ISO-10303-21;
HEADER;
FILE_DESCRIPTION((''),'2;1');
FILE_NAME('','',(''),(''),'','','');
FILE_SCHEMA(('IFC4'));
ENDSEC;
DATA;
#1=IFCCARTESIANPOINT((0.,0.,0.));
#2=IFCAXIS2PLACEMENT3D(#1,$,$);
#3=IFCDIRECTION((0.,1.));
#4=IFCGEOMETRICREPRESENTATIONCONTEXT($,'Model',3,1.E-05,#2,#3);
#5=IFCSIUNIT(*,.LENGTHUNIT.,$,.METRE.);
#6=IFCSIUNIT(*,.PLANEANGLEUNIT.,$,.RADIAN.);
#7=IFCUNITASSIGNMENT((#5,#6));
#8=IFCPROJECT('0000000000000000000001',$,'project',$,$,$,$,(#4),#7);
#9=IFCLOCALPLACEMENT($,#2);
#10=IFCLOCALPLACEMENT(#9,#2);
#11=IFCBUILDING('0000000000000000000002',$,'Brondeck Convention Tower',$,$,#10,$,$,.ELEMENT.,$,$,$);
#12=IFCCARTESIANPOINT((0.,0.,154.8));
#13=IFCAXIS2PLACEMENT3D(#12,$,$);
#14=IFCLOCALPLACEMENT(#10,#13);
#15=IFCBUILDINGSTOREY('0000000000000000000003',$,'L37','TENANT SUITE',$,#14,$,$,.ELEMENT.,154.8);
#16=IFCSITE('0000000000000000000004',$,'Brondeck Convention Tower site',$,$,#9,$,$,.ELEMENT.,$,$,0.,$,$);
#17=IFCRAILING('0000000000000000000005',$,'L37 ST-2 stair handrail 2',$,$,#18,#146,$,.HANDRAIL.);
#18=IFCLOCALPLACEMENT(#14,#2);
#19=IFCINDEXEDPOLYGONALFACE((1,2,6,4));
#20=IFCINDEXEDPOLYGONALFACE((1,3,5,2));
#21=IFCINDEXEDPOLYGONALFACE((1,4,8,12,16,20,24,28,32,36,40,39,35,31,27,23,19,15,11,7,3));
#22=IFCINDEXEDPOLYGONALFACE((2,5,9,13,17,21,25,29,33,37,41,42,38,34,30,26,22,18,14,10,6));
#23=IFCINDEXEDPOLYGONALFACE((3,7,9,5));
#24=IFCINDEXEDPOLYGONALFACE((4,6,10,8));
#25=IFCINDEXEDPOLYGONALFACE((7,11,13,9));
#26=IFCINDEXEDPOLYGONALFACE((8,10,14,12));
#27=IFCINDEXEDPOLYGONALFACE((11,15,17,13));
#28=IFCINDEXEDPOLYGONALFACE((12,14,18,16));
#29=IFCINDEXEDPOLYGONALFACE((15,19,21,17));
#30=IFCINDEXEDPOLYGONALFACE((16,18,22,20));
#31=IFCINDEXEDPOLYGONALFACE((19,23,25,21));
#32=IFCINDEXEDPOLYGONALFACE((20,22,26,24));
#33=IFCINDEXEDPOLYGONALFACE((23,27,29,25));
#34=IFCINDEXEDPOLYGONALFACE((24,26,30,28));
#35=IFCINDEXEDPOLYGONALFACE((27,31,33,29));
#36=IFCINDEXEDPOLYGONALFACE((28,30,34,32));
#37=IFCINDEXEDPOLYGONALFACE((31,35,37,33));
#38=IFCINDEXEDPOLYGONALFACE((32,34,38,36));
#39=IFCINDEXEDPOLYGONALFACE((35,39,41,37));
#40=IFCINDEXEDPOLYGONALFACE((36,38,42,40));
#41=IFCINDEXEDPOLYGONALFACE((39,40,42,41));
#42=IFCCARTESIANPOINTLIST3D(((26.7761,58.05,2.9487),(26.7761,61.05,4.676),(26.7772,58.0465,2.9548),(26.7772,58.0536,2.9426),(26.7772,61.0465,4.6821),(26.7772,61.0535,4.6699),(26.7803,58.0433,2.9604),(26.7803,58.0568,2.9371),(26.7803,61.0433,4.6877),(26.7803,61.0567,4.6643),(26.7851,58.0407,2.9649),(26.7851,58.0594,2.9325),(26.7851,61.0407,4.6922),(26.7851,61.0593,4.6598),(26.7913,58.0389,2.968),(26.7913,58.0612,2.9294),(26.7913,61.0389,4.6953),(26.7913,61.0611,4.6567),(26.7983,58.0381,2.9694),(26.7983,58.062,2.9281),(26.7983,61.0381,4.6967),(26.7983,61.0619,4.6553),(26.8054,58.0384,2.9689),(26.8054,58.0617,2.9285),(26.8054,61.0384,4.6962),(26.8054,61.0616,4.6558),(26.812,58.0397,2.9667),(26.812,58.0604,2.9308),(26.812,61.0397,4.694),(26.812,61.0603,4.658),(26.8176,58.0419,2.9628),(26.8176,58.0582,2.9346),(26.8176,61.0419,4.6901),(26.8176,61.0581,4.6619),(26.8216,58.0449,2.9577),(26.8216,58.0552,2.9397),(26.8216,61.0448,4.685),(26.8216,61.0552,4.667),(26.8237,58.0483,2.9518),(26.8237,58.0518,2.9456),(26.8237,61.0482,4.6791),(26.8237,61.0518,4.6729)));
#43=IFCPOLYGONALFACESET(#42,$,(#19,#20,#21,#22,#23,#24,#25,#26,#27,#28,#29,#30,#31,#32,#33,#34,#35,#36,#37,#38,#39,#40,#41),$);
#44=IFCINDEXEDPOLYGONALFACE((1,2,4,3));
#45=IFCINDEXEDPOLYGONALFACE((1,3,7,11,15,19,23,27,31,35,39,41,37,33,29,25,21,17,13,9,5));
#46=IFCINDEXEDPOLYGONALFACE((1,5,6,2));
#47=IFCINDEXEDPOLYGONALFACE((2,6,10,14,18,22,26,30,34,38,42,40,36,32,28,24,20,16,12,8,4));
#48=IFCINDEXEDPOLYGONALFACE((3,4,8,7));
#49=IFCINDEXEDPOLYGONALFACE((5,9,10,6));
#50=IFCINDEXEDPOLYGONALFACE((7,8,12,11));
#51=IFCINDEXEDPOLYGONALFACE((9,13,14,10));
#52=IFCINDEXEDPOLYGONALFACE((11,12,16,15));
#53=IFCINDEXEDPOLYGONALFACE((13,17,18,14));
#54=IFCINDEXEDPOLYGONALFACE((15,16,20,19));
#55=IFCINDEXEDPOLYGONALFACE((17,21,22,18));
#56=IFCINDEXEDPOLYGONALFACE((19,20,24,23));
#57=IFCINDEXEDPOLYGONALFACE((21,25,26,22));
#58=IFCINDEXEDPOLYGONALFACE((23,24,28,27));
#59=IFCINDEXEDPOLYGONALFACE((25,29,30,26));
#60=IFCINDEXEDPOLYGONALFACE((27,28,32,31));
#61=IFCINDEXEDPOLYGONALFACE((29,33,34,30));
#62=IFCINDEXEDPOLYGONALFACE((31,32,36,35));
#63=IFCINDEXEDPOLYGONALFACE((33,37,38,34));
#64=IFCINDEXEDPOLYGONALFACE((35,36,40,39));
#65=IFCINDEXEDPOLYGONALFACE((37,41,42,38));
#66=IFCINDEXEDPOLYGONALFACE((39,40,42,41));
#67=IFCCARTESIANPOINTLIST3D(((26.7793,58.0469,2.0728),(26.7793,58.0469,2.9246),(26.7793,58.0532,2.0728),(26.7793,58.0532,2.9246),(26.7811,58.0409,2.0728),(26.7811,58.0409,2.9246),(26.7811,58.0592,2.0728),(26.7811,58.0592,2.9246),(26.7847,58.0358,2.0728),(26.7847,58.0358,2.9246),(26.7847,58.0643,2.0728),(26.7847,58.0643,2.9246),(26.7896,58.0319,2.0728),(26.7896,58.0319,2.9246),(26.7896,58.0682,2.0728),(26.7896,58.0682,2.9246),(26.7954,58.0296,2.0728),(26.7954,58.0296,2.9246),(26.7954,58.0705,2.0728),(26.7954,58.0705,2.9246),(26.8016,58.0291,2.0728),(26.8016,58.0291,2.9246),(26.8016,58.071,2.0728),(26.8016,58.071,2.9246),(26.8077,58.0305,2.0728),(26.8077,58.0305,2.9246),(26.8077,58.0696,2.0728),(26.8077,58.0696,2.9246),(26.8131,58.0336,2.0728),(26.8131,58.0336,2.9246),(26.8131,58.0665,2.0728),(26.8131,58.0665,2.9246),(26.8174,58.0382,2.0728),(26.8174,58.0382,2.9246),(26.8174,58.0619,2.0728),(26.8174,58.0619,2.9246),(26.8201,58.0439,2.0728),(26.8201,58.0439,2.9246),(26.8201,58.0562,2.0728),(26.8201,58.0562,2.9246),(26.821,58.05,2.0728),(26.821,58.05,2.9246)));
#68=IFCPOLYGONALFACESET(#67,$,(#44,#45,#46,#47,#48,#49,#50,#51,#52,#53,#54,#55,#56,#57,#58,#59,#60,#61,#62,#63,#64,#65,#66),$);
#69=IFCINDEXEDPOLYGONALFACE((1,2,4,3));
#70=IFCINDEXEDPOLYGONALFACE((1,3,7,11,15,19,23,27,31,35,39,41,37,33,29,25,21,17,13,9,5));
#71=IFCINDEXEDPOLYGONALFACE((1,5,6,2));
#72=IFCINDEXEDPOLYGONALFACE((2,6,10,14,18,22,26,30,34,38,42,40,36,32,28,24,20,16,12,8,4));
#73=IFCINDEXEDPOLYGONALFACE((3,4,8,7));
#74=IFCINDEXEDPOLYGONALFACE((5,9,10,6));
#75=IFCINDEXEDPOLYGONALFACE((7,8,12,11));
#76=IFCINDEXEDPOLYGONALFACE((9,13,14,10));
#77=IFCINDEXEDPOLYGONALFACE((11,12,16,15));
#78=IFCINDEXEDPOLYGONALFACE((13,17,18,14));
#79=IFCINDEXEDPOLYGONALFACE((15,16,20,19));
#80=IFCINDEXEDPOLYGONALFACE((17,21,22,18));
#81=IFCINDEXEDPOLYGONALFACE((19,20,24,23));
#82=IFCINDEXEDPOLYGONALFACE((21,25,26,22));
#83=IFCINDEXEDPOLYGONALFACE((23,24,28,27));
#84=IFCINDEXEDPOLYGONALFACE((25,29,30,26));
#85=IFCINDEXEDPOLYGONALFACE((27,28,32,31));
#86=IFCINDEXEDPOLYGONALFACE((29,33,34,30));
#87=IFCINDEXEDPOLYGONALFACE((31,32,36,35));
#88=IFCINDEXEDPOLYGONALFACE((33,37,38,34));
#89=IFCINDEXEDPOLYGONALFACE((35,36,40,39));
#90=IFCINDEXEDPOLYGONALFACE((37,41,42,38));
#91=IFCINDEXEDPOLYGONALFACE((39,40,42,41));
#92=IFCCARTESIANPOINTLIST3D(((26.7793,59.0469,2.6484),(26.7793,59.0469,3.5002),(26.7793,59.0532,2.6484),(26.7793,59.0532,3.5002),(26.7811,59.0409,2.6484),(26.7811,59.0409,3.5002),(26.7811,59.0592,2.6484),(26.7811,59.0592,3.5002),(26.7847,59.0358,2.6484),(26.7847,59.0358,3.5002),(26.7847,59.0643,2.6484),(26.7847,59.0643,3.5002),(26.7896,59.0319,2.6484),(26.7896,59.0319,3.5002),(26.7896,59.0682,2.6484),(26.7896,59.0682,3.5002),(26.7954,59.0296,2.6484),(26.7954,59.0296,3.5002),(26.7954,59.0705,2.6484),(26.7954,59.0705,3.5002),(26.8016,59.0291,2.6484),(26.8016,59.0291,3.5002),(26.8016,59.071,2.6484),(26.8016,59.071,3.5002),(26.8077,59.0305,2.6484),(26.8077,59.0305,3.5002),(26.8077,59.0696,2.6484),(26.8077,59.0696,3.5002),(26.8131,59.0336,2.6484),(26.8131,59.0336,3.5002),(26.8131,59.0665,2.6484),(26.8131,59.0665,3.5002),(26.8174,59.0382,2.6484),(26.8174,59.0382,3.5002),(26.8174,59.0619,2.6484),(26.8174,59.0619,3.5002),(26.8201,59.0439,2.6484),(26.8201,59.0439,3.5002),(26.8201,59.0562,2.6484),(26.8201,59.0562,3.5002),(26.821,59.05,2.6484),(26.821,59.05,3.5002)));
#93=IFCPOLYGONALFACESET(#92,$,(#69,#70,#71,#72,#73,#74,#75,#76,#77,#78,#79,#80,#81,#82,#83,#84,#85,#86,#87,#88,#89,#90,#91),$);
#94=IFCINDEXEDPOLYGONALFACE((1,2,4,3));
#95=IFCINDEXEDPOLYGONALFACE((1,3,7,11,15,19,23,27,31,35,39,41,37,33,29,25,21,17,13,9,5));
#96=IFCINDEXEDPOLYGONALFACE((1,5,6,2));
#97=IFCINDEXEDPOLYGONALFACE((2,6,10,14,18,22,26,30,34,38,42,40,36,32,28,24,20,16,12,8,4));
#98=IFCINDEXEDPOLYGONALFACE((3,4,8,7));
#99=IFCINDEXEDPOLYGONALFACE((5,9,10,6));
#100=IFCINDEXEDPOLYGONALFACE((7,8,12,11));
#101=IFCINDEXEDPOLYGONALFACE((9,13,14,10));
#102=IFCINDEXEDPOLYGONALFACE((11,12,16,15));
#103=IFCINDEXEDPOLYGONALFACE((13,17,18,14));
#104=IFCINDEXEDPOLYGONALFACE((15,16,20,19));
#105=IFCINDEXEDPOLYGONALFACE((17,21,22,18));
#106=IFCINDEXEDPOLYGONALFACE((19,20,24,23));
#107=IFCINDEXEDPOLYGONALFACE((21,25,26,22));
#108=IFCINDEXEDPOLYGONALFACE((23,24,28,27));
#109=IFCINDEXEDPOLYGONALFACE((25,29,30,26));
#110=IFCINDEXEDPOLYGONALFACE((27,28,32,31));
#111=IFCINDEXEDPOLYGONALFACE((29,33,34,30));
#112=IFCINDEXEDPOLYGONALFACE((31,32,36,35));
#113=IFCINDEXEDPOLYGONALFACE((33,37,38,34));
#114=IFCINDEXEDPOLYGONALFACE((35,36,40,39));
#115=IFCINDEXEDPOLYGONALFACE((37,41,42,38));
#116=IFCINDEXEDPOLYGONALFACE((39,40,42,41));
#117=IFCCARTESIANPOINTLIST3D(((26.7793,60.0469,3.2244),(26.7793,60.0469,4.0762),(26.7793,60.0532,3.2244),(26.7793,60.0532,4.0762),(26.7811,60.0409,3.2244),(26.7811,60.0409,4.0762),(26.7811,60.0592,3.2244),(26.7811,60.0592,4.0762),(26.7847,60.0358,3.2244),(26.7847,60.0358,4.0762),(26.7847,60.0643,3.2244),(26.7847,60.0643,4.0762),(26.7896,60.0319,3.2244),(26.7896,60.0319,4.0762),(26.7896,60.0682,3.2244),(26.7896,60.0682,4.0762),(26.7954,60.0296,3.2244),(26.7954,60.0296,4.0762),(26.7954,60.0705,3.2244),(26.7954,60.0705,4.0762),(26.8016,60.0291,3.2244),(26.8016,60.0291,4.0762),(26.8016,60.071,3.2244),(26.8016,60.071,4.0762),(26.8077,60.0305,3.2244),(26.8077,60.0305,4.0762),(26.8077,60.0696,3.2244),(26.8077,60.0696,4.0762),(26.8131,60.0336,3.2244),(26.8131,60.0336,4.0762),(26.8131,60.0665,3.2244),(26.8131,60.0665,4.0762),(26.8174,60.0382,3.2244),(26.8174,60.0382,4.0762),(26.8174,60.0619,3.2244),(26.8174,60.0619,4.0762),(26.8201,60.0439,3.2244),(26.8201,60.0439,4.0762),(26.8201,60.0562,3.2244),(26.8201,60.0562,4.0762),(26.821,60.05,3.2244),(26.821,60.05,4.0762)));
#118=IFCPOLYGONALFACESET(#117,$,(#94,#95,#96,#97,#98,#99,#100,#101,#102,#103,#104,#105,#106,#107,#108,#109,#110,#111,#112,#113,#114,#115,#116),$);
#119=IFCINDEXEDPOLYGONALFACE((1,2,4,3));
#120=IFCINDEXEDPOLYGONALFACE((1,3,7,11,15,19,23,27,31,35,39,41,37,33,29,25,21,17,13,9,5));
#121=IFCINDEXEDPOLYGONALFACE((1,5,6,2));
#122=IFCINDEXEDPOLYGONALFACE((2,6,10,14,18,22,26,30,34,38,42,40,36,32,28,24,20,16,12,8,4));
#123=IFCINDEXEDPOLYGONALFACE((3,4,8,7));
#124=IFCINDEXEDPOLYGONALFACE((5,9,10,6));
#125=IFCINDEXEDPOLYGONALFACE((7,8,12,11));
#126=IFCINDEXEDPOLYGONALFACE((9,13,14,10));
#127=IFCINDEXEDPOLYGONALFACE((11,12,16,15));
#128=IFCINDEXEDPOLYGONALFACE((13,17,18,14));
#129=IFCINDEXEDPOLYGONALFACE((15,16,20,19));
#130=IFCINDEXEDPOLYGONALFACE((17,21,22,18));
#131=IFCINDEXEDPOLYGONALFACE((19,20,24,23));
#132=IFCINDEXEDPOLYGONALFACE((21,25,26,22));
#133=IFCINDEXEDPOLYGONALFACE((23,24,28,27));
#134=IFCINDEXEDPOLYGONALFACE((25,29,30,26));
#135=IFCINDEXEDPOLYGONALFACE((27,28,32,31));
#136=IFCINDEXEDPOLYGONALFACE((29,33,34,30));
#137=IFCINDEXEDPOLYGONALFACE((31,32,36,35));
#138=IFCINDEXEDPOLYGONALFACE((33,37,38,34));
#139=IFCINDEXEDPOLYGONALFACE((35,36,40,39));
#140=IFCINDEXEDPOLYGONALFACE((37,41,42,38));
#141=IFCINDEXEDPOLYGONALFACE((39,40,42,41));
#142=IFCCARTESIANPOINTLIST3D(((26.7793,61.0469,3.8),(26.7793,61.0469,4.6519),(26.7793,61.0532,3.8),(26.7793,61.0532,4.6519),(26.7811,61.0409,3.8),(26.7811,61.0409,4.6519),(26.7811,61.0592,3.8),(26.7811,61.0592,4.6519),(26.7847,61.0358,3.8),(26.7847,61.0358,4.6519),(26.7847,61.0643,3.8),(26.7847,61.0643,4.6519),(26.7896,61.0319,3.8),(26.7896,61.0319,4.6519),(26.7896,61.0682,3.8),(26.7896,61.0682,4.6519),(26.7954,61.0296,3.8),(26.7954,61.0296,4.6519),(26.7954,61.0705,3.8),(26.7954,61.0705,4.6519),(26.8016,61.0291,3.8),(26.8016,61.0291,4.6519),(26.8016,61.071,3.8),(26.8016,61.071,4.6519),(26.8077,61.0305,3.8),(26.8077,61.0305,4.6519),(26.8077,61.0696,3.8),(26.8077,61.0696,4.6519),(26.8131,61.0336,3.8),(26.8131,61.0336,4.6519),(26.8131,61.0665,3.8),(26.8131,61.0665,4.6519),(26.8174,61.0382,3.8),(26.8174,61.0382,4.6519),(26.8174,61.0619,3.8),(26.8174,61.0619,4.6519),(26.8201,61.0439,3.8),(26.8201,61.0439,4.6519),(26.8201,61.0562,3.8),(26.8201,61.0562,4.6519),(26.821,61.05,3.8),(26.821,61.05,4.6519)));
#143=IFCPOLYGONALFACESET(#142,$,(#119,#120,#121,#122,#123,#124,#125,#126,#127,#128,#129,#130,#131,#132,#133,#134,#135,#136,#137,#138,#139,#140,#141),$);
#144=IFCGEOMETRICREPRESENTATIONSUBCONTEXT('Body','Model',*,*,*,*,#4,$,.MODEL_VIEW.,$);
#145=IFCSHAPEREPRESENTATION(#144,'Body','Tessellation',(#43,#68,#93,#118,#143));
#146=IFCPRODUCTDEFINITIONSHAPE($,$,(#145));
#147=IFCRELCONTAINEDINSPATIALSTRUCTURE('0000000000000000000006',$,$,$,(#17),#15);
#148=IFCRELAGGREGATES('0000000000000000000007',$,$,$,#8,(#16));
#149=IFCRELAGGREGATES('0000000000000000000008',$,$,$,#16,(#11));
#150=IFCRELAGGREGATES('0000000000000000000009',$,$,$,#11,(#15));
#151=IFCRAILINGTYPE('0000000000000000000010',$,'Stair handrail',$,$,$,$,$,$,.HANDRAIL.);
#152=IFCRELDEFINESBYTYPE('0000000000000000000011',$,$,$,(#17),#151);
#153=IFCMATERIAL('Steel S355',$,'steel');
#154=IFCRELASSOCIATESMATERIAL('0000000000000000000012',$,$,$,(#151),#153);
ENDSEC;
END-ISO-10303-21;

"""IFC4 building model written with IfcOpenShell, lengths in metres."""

from ifc_helpers import new_model, si_unit, direction, frame, origin, origin_2d, place, context, subcontext, project, spatial, circle, extrude, material, type_object, element, save


model = new_model("IFC4")

# Units and contexts
model_context = context("Model", 3, precision=1e-05, world=origin(), true_north=direction((0.0, 1.0)))
body_context = subcontext(model_context, "Body", "Model", "MODEL_VIEW")
ifc_project = project(units=[si_unit("LENGTHUNIT", "METRE"), si_unit("PLANEANGLEUNIT", "RADIAN")], contexts=[model_context])

# Site, building, storey
site_placement = place(None, origin())
site = spatial("IfcSite", under=ifc_project, at=site_placement, Name="Brondeck Convention Tower site", CompositionType="ELEMENT", RefElevation=0.0)
building_placement = place(site_placement, origin())
building = spatial("IfcBuilding", under=site, at=building_placement, Name="Brondeck Convention Tower", CompositionType="ELEMENT")
storey_placement = place(building_placement, frame((0.0, 0.0, 154.8)))
storey = spatial("IfcBuildingStorey", under=building, at=storey_placement, Name="L37", Description="TENANT SUITE", CompositionType="ELEMENT", Elevation=154.8)

# Railing
ifc_material_1 = material(Name="Steel S355", Category="steel")
railing_type_1 = type_object("IfcRailingType", Name="Stair handrail", PredefinedType="HANDRAIL", material=ifc_material_1)
railing_1_placement = place(storey_placement, frame((26.8, 58.05, 2.0728)))
element("IfcRailing", 1, at=railing_1_placement, inside=storey, type_object=railing_type_1, Name="L37 ST-2 stair handrail 2", PredefinedType="HANDRAIL", context=body_context, shape_type="SweptSolid", body=[
    extrude(circle(Radius=0.0239, at=origin_2d()), frame((0.0, 0.0, 0.876), z_axis=(0.0, 0.86662, 0.498969), x_axis=(-1.0, 0.0, 0.0)), (0.0, 0.0, 1.0), 3.4617),
    extrude(circle(Radius=0.021, at=origin_2d()), origin(), (0.0, 0.0, 1.0), 0.8518),
    extrude(circle(Radius=0.021, at=origin_2d()), frame((0.0, 1.0, 0.5757)), (0.0, 0.0, 1.0), 0.8518),
    extrude(circle(Radius=0.021, at=origin_2d()), frame((0.0, 2.0, 1.1516)), (0.0, 0.0, 1.0), 0.8518),
    extrude(circle(Radius=0.021, at=origin_2d()), frame((0.0, 3.0, 1.7273)), (0.0, 0.0, 1.0), 0.8518),
])

save(model, "model.ifc")
